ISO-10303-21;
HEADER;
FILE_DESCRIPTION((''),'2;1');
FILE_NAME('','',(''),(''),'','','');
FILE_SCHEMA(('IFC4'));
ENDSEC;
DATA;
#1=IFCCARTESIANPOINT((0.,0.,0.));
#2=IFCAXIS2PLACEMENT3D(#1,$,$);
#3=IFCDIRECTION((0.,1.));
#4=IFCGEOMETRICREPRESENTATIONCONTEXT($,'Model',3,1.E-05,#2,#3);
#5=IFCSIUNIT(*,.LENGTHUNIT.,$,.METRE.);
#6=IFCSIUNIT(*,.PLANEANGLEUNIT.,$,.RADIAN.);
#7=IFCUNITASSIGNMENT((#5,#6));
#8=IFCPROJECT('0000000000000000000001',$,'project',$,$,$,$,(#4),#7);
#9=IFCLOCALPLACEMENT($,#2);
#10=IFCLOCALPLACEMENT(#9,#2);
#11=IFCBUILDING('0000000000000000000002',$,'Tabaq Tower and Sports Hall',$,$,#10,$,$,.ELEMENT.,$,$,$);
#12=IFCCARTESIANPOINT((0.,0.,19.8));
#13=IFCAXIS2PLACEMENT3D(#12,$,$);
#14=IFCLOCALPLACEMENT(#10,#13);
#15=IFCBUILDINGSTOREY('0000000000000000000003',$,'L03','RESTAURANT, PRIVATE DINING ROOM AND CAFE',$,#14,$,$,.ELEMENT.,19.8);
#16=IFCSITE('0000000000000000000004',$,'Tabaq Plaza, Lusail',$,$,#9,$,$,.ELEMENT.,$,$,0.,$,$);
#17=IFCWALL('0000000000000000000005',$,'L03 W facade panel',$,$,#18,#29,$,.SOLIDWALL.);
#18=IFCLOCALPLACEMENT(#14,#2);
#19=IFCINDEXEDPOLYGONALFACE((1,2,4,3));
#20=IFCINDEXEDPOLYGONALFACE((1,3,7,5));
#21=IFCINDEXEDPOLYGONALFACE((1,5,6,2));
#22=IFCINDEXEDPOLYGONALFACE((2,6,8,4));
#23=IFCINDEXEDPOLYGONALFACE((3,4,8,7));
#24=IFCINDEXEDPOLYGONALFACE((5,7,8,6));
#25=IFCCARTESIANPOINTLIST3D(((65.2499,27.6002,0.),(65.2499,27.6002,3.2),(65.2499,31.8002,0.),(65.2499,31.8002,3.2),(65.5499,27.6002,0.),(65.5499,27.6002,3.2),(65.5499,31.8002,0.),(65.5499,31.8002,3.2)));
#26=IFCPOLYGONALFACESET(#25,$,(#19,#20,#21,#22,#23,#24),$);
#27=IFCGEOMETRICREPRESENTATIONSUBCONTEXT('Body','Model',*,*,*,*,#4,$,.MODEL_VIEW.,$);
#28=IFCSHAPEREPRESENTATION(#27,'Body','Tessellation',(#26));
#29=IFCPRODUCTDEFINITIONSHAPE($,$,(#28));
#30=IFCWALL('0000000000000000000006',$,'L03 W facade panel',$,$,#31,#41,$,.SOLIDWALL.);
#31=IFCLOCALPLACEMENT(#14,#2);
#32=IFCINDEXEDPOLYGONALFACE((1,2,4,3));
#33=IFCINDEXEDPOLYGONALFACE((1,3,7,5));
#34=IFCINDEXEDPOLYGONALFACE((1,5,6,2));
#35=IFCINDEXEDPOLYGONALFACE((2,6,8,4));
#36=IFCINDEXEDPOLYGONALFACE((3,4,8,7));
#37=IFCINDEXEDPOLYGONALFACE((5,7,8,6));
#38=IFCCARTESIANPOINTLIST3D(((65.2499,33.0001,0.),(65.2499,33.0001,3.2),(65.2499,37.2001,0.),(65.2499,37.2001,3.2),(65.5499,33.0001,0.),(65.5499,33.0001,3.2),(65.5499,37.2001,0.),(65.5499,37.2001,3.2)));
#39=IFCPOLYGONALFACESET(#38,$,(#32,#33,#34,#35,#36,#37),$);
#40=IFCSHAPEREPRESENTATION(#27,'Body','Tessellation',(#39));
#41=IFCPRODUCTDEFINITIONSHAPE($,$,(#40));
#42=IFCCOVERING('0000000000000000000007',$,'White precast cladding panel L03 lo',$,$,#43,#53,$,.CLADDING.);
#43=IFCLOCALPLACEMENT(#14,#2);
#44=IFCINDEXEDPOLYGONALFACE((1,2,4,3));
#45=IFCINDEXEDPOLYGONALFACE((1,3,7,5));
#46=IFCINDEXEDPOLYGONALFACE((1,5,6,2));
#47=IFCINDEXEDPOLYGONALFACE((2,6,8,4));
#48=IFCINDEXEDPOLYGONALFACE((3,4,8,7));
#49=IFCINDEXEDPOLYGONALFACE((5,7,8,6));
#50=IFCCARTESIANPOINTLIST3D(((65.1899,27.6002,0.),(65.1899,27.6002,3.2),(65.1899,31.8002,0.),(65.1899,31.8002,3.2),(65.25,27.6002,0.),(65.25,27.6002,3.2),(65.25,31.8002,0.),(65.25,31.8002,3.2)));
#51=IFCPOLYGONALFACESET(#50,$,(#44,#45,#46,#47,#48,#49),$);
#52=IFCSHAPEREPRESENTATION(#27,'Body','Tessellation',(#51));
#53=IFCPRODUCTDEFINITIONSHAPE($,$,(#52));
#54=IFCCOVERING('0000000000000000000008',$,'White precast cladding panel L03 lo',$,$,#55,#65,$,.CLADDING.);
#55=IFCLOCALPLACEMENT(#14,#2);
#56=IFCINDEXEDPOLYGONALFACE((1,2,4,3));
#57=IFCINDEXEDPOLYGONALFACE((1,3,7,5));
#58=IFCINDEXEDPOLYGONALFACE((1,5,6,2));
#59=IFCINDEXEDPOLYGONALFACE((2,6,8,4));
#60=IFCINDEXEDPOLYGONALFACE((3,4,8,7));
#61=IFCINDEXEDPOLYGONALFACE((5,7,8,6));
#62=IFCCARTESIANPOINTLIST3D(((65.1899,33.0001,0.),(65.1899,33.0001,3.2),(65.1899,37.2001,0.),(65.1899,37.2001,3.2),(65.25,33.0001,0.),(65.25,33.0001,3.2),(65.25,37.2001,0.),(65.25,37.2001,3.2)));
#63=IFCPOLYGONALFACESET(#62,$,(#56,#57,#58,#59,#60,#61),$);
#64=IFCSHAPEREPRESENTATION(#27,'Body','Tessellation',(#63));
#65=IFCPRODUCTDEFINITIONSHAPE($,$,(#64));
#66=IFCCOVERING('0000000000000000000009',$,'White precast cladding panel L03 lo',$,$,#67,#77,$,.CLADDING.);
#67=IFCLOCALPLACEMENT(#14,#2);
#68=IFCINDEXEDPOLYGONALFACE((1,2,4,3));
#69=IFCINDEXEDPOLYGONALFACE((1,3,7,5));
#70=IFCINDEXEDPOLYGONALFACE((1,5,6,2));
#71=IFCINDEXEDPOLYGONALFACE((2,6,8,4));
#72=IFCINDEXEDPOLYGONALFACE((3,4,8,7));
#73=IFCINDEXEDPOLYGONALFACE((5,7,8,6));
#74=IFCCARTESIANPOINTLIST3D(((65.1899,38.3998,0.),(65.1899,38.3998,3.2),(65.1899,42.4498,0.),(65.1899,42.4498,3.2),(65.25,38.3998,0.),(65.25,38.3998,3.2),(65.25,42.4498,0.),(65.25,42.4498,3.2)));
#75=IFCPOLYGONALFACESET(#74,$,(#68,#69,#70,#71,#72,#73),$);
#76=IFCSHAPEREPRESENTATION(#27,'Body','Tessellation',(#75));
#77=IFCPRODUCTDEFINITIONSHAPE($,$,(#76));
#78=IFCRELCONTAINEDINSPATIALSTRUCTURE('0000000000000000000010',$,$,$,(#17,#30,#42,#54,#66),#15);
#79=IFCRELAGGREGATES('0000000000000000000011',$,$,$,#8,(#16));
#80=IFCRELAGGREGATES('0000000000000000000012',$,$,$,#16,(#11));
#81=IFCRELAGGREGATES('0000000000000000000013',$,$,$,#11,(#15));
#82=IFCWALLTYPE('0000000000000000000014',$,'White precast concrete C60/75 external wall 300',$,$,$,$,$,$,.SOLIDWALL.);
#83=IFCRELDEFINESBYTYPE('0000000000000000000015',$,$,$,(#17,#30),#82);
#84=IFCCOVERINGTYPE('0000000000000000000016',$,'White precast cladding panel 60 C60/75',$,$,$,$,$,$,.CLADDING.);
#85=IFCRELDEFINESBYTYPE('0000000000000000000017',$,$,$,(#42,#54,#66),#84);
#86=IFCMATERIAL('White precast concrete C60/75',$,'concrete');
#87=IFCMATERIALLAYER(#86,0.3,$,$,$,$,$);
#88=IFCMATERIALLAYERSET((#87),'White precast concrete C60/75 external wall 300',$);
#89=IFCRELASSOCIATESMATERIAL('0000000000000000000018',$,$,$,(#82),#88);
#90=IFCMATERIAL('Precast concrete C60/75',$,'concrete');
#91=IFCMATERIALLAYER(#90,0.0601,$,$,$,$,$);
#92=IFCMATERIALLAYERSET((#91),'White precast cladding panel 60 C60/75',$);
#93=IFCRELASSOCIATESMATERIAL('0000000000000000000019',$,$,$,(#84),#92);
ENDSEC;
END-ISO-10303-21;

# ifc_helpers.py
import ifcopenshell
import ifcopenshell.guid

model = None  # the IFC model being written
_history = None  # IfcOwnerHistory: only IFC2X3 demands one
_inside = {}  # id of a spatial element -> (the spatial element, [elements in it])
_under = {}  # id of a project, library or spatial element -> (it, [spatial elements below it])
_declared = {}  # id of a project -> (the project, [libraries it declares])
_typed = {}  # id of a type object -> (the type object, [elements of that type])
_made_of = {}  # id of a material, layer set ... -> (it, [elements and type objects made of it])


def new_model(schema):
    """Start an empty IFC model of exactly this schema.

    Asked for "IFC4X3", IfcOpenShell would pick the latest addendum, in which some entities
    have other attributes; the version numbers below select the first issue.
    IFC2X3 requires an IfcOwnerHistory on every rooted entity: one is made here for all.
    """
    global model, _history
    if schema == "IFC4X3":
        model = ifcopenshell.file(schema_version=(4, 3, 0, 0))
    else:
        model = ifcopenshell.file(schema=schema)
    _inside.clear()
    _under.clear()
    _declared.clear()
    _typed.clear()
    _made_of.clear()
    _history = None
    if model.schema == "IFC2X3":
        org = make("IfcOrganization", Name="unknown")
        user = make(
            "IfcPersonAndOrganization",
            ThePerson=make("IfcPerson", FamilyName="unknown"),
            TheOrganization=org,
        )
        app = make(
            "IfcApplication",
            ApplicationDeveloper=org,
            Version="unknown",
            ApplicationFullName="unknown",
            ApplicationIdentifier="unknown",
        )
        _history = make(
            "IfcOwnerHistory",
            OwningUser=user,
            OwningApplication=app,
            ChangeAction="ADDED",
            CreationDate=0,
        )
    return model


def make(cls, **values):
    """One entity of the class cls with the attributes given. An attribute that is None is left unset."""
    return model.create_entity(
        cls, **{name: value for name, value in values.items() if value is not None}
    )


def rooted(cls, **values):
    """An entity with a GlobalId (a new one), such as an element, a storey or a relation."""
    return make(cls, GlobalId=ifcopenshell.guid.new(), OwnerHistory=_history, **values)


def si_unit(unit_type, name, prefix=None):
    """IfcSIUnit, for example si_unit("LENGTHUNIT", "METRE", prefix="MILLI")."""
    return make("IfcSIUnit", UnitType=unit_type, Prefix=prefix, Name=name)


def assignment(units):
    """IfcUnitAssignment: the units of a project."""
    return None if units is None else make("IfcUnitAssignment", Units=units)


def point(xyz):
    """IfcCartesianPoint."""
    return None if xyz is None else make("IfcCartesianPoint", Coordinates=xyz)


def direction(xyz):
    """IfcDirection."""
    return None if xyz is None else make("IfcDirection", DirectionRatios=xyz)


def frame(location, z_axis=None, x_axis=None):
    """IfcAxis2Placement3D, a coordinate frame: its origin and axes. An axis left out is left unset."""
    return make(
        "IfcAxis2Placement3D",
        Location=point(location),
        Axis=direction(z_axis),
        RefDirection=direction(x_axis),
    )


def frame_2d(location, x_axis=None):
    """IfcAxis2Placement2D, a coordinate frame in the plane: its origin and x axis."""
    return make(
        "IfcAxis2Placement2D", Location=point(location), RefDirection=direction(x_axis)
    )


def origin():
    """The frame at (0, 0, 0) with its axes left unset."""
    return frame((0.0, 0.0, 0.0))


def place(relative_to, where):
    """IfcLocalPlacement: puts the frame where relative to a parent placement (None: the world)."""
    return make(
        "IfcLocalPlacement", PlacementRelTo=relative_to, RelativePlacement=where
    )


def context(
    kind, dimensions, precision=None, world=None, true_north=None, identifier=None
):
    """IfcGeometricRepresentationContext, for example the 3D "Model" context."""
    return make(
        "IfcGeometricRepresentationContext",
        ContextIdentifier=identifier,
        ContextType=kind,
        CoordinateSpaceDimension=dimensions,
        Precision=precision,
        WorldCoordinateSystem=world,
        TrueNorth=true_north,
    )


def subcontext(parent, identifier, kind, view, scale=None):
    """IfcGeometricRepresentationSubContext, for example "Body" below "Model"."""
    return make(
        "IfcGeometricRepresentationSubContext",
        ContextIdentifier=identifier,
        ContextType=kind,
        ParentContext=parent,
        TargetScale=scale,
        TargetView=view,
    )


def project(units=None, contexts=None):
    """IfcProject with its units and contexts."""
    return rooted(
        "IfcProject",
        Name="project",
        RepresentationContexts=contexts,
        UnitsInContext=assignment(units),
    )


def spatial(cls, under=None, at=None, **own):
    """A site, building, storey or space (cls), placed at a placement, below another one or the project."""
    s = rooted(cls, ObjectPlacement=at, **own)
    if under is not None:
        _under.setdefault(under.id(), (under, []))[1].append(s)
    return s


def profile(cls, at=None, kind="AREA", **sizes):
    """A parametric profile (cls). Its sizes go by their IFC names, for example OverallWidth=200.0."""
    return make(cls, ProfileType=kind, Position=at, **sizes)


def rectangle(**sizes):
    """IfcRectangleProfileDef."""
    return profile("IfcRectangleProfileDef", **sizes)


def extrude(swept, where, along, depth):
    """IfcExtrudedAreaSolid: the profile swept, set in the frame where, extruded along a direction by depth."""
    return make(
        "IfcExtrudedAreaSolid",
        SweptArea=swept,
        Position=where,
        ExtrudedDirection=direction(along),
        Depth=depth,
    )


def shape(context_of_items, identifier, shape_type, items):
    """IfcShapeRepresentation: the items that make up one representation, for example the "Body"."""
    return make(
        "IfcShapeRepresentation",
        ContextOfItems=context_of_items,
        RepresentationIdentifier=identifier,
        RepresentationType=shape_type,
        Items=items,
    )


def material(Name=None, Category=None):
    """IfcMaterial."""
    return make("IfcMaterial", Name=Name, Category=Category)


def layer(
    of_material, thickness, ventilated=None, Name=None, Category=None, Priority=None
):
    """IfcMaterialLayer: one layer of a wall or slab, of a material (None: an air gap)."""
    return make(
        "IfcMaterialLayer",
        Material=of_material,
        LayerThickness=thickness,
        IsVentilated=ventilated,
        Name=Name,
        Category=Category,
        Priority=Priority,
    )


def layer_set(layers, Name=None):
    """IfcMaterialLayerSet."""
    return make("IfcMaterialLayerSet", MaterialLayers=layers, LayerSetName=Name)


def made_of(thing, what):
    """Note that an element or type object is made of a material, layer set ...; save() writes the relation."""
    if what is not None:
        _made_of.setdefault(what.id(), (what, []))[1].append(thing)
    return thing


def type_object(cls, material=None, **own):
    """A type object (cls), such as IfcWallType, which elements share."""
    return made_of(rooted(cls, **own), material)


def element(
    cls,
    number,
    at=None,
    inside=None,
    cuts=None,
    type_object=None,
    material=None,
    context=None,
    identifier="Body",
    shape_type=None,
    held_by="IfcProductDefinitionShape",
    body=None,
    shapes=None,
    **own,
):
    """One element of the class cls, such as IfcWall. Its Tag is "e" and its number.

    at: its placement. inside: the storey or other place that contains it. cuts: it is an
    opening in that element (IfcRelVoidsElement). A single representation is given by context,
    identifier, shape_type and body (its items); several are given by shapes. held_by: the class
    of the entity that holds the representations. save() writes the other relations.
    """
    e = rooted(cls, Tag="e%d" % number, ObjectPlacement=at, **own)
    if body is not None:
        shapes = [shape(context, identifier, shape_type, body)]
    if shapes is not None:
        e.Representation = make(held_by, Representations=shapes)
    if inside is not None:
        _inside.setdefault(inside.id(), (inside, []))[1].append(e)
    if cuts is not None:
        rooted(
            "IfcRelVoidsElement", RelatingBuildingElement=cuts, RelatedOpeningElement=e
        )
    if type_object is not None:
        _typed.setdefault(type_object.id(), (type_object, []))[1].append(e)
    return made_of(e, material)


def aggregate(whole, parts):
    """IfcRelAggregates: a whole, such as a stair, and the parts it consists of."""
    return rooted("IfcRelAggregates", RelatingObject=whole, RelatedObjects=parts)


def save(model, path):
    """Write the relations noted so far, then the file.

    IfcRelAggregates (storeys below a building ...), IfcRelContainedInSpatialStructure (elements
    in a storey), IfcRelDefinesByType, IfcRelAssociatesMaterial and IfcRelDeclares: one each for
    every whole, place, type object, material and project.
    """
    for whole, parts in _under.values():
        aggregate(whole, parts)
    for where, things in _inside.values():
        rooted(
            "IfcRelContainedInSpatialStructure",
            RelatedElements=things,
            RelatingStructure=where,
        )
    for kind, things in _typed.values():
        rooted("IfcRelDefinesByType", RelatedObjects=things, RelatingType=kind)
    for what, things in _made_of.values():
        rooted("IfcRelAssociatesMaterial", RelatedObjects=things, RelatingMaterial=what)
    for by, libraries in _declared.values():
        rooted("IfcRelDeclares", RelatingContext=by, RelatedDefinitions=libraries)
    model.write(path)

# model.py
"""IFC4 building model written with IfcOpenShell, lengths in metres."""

from ifc_helpers import new_model, si_unit, direction, frame, frame_2d, origin, place, context, subcontext, project, spatial, rectangle, extrude, material, layer, layer_set, type_object, element, save


model = new_model("IFC4")

# Units and contexts
model_context = context("Model", 3, precision=1e-05, world=origin(), true_north=direction((0.0, 1.0)))
body_context = subcontext(model_context, "Body", "Model", "MODEL_VIEW")
ifc_project = project(units=[si_unit("LENGTHUNIT", "METRE"), si_unit("PLANEANGLEUNIT", "RADIAN")], contexts=[model_context])

# Site, building, storey
site_placement = place(None, origin())
site = spatial("IfcSite", under=ifc_project, at=site_placement, Name="Tabaq Plaza, Lusail", CompositionType="ELEMENT", RefElevation=0.0)
building_placement = place(site_placement, origin())
building = spatial("IfcBuilding", under=site, at=building_placement, Name="Tabaq Tower and Sports Hall", CompositionType="ELEMENT")
storey_placement = place(building_placement, frame((0.0, 0.0, 19.8)))
storey = spatial("IfcBuildingStorey", under=building, at=storey_placement, Name="L03", Description="RESTAURANT, PRIVATE DINING ROOM AND CAFE", CompositionType="ELEMENT", Elevation=19.8)

# Walls
ifc_material_1 = material(Name="White precast concrete C60/75", Category="concrete")
ifc_layer_1 = layer(ifc_material_1, 0.3)
ifc_layer_set_1 = layer_set([ifc_layer_1], Name="White precast concrete C60/75 external wall 300")
wall_type = type_object("IfcWallType", Name="White precast concrete C60/75 external wall 300", PredefinedType="SOLIDWALL", material=ifc_layer_set_1)
for number, where, z_axis, x_axis, name in (
    (1, (65.3999, 27.6001, 0.0), (0.0, 0.0, 1.0), (0.0, 1.0, 0.0), "L03 W facade panel"),
    (2, (65.3999, 33.0, 0.0), (0.0, 0.0, 1.0), (0.0, 1.0, 0.0), "L03 W facade panel"),
):
    element("IfcWall", number, at=place(storey_placement, frame(where, z_axis=z_axis, x_axis=x_axis)), inside=storey, type_object=wall_type, Name=name, PredefinedType="SOLIDWALL", context=body_context, shape_type="SweptSolid", body=[
        extrude(rectangle(XDim=4.2, YDim=0.3, at=frame_2d((2.1001, 0.0))), origin(), (0.0, 0.0, 1.0), 3.2),
    ])

# Coverings
ifc_material_2 = material(Name="Precast concrete C60/75", Category="concrete")
ifc_layer_2 = layer(ifc_material_2, 0.0601)
ifc_layer_set_2 = layer_set([ifc_layer_2], Name="White precast cladding panel 60 C60/75")
covering_type = type_object("IfcCoveringType", Name="White precast cladding panel 60 C60/75", PredefinedType="CLADDING", material=ifc_layer_set_2)
for number, where, z_axis, x_axis, name in (
    (3, (65.22, 27.6001, 0.0), (0.0, 0.0, 1.0), (0.0, 1.0, 0.0), "White precast cladding panel L03 lo"),
    (4, (65.22, 33.0, 0.0), (0.0, 0.0, 1.0), (0.0, 1.0, 0.0), "White precast cladding panel L03 lo"),
):
    element("IfcCovering", number, at=place(storey_placement, frame(where, z_axis=z_axis, x_axis=x_axis)), inside=storey, type_object=covering_type, Name=name, PredefinedType="CLADDING", context=body_context, shape_type="SweptSolid", body=[
        extrude(rectangle(XDim=4.2, YDim=0.0601, at=frame_2d((2.1001, 0.0))), origin(), (0.0, 0.0, 1.0), 3.2),
    ])
covering_placement = place(storey_placement, frame((65.22, 38.3999, 0.0), z_axis=(0.0, 0.0, 1.0), x_axis=(0.0, 1.0, 0.0)))
element("IfcCovering", 5, at=covering_placement, inside=storey, type_object=covering_type, Name="White precast cladding panel L03 lo", PredefinedType="CLADDING", context=body_context, shape_type="SweptSolid", body=[
    extrude(rectangle(XDim=4.05, YDim=0.0601, at=frame_2d((2.0249, 0.0))), origin(), (0.0, 0.0, 1.0), 3.2),
])

save(model, "model.ifc")
